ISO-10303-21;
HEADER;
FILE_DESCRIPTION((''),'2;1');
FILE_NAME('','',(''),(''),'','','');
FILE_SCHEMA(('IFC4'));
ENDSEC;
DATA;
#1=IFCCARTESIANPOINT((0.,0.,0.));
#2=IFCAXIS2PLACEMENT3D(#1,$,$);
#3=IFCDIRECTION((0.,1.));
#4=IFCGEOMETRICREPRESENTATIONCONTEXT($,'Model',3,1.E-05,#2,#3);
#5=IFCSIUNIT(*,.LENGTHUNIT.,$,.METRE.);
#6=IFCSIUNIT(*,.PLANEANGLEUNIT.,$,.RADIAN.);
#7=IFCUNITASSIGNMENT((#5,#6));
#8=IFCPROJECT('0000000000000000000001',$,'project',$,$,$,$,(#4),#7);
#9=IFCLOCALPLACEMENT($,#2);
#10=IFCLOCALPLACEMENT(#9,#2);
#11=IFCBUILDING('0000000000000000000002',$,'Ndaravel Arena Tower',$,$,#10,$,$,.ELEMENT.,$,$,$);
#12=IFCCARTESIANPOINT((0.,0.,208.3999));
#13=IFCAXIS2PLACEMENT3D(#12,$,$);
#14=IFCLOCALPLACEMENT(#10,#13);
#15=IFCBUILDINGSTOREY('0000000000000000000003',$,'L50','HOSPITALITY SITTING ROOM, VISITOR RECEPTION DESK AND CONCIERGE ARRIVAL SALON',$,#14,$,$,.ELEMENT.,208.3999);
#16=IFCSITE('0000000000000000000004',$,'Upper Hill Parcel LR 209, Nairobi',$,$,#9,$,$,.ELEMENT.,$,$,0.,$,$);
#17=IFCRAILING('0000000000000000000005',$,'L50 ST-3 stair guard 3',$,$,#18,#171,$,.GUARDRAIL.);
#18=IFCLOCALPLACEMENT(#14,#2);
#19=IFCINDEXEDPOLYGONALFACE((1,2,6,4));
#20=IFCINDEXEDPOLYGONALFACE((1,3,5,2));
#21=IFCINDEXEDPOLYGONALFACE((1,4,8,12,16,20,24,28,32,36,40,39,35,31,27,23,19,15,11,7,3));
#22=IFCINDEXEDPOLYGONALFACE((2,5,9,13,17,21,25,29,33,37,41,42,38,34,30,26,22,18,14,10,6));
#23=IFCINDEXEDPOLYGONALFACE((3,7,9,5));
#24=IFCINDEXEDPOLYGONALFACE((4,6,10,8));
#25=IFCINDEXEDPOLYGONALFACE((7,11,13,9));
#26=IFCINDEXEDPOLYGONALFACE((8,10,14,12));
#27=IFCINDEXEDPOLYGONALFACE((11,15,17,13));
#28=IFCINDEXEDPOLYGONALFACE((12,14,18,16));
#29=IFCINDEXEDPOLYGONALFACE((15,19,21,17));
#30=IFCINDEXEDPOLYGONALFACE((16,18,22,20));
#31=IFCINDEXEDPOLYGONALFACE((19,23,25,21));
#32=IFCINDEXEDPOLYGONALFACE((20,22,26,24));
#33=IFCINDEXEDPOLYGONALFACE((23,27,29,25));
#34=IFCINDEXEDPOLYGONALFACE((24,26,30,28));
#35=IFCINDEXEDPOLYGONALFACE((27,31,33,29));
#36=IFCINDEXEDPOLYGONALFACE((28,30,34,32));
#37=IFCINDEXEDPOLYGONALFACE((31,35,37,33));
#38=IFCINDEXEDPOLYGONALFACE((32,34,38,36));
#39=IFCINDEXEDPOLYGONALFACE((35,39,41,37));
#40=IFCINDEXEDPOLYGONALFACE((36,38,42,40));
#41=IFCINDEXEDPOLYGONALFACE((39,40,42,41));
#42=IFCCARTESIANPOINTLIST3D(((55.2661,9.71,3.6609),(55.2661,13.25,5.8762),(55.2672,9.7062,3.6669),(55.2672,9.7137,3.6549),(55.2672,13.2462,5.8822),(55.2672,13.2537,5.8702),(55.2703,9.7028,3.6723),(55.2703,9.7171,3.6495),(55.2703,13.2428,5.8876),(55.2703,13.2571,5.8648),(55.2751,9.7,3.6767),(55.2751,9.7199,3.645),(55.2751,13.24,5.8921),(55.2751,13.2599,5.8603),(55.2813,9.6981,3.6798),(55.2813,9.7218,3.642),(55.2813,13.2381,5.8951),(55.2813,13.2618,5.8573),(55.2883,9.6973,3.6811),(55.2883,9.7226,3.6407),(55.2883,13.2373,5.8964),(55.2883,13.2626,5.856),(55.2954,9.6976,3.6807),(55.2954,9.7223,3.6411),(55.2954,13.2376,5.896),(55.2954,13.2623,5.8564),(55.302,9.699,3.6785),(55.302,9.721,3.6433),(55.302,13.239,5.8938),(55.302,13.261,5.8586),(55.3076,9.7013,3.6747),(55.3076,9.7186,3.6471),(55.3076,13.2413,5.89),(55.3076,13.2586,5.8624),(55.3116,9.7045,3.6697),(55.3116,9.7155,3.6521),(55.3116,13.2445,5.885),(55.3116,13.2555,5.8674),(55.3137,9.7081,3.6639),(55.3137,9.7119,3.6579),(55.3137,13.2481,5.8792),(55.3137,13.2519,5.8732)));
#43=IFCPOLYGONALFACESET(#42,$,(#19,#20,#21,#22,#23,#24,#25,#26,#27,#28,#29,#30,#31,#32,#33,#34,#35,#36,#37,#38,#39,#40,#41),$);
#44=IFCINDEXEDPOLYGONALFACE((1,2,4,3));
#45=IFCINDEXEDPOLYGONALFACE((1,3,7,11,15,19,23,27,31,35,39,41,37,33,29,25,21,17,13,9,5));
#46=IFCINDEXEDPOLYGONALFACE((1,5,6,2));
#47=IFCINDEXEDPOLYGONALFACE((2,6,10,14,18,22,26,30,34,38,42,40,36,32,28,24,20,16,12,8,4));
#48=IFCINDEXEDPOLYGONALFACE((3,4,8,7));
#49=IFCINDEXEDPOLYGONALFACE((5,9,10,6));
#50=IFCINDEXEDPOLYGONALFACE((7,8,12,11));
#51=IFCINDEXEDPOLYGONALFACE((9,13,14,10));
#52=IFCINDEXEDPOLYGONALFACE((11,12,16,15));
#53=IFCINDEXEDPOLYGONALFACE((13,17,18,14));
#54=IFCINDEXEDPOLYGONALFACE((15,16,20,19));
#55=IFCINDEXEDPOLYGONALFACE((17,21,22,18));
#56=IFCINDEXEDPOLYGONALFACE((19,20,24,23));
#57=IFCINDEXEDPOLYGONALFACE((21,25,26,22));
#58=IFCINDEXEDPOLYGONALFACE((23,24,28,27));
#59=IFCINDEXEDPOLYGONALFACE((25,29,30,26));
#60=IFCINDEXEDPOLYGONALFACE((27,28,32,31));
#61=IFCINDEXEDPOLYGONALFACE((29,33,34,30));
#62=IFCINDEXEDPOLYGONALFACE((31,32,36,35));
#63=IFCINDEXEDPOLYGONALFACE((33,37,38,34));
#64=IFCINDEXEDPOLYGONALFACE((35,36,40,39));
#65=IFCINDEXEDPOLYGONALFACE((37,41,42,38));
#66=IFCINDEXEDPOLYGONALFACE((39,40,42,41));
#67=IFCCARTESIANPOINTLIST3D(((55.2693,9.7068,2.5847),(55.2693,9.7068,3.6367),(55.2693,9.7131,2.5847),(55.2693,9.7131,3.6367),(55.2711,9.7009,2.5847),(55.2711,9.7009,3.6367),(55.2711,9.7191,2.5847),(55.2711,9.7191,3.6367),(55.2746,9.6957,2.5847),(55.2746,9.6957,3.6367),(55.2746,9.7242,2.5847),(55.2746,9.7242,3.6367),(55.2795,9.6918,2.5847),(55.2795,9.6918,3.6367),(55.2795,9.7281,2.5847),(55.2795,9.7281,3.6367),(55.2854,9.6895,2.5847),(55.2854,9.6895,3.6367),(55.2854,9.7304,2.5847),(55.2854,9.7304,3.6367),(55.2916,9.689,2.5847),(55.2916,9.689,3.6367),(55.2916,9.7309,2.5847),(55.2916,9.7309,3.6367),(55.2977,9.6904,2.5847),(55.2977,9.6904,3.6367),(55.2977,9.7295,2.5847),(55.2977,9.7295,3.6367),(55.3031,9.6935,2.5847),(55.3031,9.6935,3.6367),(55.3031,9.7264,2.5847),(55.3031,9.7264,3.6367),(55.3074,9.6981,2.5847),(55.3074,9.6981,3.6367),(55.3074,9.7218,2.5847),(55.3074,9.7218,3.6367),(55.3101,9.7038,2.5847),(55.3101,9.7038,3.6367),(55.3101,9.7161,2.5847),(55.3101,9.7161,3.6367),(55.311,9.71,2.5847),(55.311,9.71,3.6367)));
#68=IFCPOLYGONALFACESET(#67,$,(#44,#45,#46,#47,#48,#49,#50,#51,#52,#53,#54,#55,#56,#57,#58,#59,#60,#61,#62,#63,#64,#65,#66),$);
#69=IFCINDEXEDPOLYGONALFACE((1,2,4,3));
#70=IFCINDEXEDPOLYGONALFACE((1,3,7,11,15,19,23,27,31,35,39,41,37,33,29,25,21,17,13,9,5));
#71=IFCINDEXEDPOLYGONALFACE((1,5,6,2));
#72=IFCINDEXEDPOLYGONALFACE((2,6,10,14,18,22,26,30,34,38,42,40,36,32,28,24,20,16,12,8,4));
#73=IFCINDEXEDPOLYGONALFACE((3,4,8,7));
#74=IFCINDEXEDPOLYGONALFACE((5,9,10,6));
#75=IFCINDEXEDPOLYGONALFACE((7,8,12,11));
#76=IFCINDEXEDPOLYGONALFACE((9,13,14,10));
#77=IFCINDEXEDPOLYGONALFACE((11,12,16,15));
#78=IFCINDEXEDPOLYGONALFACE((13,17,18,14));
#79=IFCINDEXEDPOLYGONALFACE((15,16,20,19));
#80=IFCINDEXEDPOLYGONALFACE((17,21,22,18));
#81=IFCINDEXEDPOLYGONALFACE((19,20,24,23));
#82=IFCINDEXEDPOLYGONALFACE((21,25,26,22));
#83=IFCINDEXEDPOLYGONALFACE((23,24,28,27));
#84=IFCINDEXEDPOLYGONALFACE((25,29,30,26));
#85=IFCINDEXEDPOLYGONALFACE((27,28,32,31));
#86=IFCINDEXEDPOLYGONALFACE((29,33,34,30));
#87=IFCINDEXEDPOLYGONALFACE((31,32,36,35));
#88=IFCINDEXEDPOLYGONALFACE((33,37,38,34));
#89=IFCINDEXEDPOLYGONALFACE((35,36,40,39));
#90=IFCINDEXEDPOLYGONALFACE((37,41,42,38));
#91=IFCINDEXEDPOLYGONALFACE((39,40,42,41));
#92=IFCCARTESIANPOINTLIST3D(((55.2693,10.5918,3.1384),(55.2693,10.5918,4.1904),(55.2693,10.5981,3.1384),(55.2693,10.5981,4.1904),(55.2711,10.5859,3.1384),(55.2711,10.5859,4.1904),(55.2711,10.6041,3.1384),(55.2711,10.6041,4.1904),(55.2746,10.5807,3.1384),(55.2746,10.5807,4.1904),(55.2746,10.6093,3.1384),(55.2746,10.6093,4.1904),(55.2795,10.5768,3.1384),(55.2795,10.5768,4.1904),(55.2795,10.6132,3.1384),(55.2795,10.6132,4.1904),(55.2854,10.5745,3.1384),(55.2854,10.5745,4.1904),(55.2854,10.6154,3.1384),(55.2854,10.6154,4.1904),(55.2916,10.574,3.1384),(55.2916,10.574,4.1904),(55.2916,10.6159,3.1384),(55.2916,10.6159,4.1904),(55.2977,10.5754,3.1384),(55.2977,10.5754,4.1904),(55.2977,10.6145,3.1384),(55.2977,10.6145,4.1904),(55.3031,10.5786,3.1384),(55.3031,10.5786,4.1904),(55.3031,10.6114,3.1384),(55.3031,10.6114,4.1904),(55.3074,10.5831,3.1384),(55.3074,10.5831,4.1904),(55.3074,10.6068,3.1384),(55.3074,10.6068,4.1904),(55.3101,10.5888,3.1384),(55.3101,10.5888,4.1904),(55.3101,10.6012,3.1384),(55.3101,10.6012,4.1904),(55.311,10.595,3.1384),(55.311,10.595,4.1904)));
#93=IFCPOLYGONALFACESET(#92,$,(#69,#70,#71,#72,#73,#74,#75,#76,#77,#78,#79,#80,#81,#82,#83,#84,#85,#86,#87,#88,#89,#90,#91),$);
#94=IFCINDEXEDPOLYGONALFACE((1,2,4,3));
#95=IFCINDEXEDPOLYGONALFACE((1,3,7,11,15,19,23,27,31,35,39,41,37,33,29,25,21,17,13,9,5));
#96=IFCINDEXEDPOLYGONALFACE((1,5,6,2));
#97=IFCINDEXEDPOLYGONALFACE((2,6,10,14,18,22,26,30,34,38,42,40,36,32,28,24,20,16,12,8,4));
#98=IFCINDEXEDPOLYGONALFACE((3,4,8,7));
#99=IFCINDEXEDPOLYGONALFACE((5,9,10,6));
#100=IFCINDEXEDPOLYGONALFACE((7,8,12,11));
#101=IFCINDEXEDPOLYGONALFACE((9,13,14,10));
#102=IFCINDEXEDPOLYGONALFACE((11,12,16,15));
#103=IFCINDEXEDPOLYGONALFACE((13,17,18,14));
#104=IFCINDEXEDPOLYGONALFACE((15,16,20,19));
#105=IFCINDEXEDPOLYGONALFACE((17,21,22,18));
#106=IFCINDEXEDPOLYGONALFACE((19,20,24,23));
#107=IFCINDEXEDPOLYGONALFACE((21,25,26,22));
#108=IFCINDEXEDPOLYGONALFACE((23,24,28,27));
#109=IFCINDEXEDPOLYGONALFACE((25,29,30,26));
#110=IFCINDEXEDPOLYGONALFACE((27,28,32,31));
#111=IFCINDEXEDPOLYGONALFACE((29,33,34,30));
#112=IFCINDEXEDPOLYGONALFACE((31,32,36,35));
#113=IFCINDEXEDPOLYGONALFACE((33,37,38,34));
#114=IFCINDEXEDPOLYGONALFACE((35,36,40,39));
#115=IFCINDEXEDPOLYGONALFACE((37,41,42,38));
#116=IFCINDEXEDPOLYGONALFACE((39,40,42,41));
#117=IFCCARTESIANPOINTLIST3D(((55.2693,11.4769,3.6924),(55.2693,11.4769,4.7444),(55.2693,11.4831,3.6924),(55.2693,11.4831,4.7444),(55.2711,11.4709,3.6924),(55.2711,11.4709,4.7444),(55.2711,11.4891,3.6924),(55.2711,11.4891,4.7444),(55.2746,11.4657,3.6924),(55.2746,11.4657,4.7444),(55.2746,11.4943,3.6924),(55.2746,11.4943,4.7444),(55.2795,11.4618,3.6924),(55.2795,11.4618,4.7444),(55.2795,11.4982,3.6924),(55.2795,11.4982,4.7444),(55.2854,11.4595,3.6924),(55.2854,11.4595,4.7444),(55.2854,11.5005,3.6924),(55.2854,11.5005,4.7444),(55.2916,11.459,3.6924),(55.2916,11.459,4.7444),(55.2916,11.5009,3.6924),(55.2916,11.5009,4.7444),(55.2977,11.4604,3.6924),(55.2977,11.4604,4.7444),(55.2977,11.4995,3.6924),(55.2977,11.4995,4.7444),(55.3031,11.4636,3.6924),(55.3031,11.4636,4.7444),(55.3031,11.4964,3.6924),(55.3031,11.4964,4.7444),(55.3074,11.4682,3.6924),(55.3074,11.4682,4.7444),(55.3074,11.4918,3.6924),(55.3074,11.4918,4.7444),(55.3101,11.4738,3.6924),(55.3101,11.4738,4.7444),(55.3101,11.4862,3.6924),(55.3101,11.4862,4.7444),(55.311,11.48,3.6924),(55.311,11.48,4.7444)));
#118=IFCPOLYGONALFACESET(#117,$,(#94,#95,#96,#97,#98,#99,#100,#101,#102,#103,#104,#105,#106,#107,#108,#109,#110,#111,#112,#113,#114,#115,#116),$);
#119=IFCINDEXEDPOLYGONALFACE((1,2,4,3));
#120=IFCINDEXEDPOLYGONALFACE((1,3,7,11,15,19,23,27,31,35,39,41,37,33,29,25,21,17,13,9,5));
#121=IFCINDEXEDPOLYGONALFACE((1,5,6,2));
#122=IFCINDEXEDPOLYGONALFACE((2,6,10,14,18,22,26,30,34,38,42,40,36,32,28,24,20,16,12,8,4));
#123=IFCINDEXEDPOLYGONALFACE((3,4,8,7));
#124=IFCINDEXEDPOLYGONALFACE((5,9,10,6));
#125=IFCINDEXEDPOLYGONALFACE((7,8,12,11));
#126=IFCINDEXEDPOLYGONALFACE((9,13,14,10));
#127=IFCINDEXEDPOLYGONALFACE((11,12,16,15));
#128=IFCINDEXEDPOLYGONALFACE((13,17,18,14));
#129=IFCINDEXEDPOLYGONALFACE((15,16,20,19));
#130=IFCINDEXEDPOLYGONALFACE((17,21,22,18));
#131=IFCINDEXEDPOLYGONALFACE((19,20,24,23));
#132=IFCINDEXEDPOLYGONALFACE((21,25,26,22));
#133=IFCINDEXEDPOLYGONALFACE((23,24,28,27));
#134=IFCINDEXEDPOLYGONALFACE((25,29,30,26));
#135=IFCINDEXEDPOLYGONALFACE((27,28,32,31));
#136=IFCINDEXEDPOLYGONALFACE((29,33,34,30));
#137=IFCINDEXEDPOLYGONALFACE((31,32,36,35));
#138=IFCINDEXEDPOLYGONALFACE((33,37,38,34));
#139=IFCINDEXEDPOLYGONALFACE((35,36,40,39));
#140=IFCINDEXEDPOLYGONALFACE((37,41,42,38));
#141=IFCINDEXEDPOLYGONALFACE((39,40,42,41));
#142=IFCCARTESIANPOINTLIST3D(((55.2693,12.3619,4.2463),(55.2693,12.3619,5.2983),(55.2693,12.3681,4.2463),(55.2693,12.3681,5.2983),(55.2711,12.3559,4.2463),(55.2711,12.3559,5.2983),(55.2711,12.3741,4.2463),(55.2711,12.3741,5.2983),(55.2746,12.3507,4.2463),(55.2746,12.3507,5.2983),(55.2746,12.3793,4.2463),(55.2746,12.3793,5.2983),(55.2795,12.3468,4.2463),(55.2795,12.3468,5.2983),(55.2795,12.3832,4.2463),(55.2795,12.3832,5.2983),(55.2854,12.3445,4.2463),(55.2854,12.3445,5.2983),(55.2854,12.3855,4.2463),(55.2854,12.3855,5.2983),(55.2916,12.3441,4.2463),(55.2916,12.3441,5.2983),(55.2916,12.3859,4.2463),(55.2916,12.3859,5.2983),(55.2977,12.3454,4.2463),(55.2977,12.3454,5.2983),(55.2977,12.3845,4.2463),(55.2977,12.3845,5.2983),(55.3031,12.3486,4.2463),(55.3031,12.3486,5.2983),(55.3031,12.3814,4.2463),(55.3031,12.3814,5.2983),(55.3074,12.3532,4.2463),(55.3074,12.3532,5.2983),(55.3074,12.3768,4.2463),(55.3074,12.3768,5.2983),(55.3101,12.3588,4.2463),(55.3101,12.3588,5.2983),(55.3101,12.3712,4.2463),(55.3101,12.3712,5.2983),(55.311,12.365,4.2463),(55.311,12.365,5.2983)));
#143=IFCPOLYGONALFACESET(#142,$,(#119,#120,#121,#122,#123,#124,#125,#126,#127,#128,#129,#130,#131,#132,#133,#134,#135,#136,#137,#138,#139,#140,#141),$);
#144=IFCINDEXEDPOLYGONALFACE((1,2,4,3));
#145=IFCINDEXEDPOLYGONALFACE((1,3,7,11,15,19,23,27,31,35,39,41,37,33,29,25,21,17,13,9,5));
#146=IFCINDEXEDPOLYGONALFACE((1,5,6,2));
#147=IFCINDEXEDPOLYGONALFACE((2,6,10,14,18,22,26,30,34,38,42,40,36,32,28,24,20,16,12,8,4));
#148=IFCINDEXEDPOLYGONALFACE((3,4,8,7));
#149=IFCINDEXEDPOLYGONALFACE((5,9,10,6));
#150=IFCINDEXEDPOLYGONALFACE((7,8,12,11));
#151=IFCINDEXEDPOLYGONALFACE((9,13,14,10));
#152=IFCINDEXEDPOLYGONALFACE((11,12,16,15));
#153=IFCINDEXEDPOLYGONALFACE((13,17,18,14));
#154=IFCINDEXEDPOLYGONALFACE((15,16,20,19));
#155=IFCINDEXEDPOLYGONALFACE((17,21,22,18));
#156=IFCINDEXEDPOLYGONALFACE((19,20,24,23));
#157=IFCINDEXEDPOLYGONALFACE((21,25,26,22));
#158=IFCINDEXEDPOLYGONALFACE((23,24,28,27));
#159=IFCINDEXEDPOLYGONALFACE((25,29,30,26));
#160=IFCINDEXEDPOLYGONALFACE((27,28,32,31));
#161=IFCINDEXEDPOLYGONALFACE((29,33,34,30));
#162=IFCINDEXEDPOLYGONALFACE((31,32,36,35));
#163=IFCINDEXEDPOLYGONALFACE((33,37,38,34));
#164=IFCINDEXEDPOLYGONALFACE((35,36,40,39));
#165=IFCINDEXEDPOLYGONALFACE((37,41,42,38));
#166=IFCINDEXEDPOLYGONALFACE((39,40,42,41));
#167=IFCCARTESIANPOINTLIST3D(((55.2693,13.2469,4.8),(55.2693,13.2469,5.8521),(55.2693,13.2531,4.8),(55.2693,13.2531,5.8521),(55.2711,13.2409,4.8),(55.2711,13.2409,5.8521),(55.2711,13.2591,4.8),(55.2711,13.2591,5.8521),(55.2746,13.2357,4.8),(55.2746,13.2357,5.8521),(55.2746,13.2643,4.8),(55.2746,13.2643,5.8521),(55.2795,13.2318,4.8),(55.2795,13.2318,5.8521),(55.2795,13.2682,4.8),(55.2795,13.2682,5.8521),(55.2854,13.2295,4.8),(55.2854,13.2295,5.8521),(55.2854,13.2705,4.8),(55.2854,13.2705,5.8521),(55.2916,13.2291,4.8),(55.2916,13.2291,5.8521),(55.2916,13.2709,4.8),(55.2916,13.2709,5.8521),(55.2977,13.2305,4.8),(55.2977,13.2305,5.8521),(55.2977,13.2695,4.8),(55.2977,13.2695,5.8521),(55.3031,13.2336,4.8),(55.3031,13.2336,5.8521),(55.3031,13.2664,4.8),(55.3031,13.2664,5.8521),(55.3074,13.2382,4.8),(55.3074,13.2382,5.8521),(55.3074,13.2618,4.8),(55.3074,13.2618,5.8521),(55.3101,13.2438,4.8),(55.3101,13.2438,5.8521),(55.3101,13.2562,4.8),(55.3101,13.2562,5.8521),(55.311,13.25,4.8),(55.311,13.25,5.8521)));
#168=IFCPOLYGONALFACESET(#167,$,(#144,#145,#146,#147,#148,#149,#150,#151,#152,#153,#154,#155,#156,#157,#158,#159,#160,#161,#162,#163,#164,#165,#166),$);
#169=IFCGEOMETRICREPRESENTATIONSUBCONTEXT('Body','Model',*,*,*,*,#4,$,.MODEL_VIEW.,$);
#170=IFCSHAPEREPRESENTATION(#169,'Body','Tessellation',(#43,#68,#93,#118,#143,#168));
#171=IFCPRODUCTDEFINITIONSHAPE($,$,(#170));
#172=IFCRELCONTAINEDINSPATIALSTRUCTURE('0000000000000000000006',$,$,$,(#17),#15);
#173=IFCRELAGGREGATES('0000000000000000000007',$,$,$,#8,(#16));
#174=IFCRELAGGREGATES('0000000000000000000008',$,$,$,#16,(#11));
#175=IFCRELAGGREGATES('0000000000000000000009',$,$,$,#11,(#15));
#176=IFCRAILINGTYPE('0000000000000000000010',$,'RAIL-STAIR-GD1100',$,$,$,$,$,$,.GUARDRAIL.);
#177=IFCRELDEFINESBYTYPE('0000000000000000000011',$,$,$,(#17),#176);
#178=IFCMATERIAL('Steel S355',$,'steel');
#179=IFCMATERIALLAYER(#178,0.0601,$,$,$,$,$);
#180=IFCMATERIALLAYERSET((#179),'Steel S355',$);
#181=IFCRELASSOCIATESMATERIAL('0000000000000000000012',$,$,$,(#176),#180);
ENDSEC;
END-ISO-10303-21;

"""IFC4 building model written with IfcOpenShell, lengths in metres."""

from ifc_helpers import new_model, si_unit, direction, frame, origin, origin_2d, place, context, subcontext, project, spatial, circle, extrude, material, layer, layer_set, type_object, element, save


model = new_model("IFC4")

# Units and contexts
model_context = context("Model", 3, precision=1e-05, world=origin(), true_north=direction((0.0, 1.0)))
body_context = subcontext(model_context, "Body", "Model", "MODEL_VIEW")
ifc_project = project(units=[si_unit("LENGTHUNIT", "METRE"), si_unit("PLANEANGLEUNIT", "RADIAN")], contexts=[model_context])

# Site, building, storey
site_placement = place(None, origin())
site = spatial("IfcSite", under=ifc_project, at=site_placement, Name="Upper Hill Parcel LR 209, Nairobi", CompositionType="ELEMENT", RefElevation=0.0)
building_placement = place(site_placement, origin())
building = spatial("IfcBuilding", under=site, at=building_placement, Name="Ndaravel Arena Tower", CompositionType="ELEMENT")
storey_placement = place(building_placement, frame((0.0, 0.0, 208.3999)))
storey = spatial("IfcBuildingStorey", under=building, at=storey_placement, Name="L50", Description="HOSPITALITY SITTING ROOM, VISITOR RECEPTION DESK AND CONCIERGE ARRIVAL SALON", CompositionType="ELEMENT", Elevation=208.3999)

# Railing
ifc_material_1 = material(Name="Steel S355", Category="steel")
ifc_layer_1 = layer(ifc_material_1, 0.0601)
ifc_layer_set_1 = layer_set([ifc_layer_1], Name="Steel S355")
railing_type_1 = type_object("IfcRailingType", Name="RAIL-STAIR-GD1100", PredefinedType="GUARDRAIL", material=ifc_layer_set_1)
railing_1_placement = place(storey_placement, frame((55.29, 9.71, 2.5847)))
element("IfcRailing", 1, at=railing_1_placement, inside=storey, type_object=railing_type_1, Name="L50 ST-3 stair guard 3", PredefinedType="GUARDRAIL", context=body_context, shape_type="SweptSolid", body=[
    extrude(circle(Radius=0.0239, at=origin_2d()), frame((0.0, 0.0, 1.0762), z_axis=(0.0, 0.847696, 0.530482), x_axis=(-1.0, 0.0, 0.0)), (0.0, 0.0, 1.0), 4.176),
    extrude(circle(Radius=0.021, at=origin_2d()), origin(), (0.0, 0.0, 1.0), 1.052),
    extrude(circle(Radius=0.021, at=origin_2d()), frame((0.0, 0.885, 0.5537)), (0.0, 0.0, 1.0), 1.052),
    extrude(circle(Radius=0.021, at=origin_2d()), frame((0.0, 1.77, 1.1077)), (0.0, 0.0, 1.0), 1.052),
    extrude(circle(Radius=0.021, at=origin_2d()), frame((0.0, 2.655, 1.6616)), (0.0, 0.0, 1.0), 1.052),
    extrude(circle(Radius=0.021, at=origin_2d()), frame((0.0, 3.54, 2.2153)), (0.0, 0.0, 1.0), 1.052),
])

save(model, "model.ifc")
